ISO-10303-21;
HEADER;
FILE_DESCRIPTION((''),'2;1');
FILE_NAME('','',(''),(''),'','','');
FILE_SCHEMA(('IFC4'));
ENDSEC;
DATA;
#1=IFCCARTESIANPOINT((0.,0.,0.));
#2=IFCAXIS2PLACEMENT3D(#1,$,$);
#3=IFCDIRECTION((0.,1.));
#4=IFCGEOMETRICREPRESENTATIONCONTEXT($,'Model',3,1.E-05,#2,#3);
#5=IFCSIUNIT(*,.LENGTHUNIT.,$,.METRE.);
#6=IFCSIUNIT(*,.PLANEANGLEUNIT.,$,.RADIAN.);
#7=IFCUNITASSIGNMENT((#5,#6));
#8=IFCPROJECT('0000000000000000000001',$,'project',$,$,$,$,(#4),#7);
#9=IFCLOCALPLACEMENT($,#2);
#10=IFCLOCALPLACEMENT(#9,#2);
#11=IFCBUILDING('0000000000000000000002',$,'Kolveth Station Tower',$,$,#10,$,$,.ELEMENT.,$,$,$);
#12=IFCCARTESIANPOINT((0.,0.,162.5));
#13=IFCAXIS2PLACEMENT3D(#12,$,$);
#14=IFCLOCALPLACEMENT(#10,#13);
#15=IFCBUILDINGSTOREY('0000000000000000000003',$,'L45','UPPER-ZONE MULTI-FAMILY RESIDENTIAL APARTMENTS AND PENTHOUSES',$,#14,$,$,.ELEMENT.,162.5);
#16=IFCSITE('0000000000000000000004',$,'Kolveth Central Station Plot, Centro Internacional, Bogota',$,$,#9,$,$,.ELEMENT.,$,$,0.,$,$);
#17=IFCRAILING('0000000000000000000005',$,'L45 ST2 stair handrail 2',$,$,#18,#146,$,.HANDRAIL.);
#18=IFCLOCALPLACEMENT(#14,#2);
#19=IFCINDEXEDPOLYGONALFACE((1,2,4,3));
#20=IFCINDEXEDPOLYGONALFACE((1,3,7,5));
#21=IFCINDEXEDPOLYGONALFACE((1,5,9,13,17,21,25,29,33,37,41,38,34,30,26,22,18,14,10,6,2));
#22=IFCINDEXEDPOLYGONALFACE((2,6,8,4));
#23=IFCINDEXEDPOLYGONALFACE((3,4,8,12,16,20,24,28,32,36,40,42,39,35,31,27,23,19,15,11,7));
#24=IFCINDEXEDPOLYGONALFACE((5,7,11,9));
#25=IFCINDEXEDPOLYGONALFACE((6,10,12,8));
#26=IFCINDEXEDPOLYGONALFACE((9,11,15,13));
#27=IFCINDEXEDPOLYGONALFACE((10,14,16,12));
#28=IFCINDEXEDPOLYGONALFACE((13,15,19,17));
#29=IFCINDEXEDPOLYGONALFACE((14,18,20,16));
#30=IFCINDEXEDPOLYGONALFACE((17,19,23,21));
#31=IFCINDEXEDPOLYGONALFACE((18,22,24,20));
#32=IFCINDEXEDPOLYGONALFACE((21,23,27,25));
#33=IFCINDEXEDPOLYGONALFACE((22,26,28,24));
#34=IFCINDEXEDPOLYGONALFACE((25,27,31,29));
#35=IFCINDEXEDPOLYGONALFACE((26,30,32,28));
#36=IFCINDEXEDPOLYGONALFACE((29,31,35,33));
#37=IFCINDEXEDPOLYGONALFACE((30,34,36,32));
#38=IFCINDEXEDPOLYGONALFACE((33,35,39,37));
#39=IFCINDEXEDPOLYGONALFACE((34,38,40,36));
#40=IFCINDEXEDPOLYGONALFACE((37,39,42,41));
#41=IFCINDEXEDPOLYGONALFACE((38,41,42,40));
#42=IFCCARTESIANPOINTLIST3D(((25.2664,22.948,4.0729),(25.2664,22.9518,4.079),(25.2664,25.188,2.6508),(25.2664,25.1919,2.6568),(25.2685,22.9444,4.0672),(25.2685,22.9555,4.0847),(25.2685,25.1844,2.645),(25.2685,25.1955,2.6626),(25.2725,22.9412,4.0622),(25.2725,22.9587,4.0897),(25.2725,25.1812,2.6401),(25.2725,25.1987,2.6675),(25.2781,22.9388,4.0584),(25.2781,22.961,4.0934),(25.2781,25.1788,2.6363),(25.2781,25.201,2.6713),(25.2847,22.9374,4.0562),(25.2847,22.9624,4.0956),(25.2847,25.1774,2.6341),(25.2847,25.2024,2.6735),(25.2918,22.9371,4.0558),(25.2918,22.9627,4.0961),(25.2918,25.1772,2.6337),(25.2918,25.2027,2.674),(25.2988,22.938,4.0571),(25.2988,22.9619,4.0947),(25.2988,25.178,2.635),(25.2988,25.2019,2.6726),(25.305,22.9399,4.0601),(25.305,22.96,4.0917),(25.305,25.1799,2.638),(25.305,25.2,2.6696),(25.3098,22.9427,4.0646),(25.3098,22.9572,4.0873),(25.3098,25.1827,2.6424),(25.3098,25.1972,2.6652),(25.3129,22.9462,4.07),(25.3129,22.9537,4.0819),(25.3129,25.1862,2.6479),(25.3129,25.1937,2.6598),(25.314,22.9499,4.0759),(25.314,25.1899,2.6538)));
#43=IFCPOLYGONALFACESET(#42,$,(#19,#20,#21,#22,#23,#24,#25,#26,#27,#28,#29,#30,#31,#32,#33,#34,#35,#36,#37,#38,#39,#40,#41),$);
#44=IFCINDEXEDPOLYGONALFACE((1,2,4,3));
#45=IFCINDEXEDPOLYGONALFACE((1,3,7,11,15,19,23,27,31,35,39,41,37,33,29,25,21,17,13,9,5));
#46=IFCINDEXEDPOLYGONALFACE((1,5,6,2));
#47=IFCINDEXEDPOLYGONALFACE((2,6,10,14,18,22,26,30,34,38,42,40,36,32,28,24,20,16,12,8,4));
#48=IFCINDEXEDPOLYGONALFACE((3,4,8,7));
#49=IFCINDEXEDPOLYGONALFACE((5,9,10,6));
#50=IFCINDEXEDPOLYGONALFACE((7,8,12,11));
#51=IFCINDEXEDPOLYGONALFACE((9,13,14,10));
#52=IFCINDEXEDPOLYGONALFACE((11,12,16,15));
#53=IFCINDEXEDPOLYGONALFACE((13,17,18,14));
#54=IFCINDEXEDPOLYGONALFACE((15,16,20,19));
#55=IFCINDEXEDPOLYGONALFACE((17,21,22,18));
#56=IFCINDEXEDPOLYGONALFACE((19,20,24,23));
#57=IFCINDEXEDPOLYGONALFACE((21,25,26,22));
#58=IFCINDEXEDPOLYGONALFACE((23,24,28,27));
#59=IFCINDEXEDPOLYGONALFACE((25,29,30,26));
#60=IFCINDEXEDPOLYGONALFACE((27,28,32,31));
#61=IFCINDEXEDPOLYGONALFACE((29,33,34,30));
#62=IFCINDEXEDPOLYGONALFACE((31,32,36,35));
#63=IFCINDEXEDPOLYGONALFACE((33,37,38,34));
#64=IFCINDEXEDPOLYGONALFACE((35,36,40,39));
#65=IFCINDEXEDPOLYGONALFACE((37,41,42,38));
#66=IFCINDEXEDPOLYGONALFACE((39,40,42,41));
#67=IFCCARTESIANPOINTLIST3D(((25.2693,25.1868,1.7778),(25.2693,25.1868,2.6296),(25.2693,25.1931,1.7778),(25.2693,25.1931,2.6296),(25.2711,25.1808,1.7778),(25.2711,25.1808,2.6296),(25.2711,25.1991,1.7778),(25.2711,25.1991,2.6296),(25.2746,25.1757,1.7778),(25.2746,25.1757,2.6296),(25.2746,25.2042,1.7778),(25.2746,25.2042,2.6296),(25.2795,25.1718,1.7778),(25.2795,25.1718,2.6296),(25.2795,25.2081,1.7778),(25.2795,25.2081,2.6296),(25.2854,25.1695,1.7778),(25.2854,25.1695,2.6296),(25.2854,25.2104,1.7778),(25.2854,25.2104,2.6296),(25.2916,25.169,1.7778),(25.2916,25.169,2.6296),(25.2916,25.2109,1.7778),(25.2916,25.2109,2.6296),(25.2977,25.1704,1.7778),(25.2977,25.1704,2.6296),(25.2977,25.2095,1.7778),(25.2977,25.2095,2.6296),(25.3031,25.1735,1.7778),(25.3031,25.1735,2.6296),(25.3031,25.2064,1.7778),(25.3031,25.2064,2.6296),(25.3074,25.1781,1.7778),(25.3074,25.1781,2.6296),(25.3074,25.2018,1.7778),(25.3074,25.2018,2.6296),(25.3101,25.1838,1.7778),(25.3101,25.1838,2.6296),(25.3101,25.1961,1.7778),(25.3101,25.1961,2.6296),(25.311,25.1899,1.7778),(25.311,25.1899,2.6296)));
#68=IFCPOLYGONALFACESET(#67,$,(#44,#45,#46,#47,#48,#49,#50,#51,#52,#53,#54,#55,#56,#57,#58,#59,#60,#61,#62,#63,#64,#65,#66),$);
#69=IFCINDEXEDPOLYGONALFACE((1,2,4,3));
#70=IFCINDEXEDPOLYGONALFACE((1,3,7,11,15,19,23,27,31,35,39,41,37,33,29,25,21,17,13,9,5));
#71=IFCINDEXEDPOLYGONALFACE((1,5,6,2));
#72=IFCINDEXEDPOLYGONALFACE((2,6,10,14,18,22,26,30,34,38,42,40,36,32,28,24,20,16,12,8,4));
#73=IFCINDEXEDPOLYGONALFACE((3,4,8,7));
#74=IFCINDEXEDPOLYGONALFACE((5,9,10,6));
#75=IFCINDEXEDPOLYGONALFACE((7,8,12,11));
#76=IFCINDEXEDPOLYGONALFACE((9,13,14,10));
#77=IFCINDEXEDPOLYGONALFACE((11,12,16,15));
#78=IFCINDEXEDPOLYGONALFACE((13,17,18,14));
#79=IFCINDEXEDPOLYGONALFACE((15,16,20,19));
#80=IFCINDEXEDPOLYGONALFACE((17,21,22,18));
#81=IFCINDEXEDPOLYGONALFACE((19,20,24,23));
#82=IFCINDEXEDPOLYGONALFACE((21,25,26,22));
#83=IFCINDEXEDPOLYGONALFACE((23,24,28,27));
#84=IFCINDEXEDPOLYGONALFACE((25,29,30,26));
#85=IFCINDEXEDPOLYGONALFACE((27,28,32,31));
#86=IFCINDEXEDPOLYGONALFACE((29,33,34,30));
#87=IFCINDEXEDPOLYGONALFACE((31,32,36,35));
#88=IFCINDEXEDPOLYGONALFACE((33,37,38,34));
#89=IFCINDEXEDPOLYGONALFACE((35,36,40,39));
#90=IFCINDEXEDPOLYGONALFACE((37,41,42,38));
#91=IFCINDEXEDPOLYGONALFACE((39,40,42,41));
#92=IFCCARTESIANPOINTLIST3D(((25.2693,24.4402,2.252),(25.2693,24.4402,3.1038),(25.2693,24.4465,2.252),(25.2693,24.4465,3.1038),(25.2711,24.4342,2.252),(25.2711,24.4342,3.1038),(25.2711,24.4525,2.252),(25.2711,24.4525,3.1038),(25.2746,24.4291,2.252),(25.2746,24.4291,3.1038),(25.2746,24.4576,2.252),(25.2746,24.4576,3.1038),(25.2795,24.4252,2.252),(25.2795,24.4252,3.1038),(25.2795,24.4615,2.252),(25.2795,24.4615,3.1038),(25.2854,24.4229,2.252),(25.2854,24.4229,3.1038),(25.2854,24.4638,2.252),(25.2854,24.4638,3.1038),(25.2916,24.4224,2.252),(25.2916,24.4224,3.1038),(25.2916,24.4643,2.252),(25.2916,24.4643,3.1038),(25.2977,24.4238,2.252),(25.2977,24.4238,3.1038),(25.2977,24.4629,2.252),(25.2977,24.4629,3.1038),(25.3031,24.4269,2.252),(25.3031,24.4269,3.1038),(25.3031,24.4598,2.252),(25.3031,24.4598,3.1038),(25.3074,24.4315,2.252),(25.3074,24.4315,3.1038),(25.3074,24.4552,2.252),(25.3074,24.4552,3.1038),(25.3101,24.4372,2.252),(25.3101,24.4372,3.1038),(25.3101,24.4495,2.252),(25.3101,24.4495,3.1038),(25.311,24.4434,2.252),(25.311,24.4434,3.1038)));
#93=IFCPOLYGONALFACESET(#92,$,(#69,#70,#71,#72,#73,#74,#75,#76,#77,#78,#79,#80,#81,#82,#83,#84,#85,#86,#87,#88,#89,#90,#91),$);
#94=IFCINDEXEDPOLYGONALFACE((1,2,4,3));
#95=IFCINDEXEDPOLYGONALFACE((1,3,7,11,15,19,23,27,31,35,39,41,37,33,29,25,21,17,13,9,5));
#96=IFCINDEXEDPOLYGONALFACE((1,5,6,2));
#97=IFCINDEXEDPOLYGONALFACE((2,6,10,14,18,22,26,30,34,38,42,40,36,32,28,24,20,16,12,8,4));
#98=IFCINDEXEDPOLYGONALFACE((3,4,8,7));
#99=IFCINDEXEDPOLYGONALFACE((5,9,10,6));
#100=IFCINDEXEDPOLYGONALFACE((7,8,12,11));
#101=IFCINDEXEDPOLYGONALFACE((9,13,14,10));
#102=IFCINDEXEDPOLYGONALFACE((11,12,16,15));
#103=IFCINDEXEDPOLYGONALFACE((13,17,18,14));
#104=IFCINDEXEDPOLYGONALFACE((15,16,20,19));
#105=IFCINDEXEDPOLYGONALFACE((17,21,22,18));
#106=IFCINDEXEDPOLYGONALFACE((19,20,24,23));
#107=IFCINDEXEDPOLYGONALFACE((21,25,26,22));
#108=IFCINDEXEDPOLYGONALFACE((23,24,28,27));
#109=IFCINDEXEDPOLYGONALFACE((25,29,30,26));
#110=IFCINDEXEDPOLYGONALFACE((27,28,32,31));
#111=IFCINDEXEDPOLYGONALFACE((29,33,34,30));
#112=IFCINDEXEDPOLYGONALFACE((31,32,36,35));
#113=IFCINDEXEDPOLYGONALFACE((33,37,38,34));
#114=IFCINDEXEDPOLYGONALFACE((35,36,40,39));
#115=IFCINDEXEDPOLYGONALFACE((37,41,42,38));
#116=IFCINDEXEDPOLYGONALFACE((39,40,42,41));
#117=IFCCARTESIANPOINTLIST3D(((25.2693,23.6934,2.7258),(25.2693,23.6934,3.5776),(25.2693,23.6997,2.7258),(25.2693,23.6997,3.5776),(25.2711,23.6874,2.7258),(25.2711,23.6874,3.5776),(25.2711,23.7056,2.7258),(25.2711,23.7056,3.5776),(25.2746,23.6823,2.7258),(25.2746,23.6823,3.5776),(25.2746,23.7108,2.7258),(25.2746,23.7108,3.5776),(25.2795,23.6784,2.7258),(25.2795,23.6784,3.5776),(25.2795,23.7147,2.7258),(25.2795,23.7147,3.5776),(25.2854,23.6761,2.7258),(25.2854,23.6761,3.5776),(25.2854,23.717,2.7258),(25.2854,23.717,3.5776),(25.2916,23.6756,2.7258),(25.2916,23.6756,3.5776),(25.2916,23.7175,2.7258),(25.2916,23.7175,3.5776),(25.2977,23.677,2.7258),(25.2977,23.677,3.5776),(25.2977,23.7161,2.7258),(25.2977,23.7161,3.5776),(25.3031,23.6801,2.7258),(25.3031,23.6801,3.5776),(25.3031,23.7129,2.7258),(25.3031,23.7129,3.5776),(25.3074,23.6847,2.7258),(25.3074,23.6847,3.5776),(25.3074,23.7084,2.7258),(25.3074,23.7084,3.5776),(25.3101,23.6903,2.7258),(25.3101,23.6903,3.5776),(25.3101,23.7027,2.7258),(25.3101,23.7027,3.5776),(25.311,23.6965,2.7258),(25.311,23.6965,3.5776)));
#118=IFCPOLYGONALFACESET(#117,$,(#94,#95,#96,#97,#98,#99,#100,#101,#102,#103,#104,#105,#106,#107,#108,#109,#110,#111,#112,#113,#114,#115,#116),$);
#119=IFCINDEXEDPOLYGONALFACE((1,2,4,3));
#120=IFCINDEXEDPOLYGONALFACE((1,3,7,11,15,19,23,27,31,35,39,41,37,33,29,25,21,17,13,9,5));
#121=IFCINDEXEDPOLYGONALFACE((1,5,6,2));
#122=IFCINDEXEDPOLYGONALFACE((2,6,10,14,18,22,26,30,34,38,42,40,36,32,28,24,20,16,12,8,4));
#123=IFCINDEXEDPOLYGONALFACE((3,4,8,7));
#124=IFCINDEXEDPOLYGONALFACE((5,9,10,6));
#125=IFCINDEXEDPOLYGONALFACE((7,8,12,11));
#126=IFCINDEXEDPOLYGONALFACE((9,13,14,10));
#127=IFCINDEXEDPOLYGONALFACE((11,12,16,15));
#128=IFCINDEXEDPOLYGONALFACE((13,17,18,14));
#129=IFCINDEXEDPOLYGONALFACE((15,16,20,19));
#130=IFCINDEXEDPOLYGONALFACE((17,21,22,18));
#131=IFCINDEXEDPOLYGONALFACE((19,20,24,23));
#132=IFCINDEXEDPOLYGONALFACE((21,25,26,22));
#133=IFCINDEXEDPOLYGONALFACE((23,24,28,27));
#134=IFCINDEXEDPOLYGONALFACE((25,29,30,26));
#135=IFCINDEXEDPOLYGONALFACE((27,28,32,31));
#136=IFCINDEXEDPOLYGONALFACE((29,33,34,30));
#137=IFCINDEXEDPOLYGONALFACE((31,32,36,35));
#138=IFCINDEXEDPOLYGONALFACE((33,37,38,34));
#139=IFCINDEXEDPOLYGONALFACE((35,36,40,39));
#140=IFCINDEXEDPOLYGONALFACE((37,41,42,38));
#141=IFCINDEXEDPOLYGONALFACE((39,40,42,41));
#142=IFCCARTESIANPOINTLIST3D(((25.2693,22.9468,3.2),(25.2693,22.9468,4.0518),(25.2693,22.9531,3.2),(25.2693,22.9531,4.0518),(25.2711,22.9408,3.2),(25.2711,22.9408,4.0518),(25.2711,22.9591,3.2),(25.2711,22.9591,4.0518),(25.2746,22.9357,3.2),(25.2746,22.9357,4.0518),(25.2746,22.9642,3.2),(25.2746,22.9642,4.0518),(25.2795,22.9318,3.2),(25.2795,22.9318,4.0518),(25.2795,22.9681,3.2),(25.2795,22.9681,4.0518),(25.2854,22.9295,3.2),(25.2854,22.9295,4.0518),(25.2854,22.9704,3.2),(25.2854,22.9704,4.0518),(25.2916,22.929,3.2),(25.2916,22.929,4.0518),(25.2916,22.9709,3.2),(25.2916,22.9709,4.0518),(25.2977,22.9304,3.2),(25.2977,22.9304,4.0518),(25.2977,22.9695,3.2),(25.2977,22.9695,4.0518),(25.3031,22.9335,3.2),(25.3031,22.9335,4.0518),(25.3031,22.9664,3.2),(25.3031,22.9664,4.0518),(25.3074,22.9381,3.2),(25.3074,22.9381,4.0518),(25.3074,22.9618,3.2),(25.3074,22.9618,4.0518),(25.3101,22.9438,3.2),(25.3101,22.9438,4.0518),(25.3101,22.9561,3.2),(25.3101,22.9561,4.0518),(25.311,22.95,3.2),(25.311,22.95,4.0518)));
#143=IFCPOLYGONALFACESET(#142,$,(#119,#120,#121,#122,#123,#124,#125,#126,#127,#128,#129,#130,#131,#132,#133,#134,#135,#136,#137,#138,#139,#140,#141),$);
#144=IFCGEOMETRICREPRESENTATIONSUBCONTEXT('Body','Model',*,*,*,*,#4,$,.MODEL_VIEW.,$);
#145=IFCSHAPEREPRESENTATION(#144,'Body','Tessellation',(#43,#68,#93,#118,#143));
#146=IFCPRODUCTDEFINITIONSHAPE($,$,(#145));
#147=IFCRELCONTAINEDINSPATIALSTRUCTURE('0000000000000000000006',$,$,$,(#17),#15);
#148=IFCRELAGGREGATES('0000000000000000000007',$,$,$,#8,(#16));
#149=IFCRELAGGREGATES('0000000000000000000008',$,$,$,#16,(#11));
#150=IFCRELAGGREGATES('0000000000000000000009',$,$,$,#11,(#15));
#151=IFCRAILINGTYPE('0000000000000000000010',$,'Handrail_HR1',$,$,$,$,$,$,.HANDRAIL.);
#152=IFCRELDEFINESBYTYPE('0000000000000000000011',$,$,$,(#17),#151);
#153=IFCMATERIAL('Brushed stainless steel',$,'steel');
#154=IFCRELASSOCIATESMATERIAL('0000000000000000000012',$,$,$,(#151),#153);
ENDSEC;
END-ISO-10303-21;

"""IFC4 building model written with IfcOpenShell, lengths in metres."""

from ifc_helpers import new_model, si_unit, direction, frame, origin, origin_2d, place, context, subcontext, project, spatial, circle, extrude, material, type_object, element, save


model = new_model("IFC4")

# Units and contexts
model_context = context("Model", 3, precision=1e-05, world=origin(), true_north=direction((0.0, 1.0)))
body_context = subcontext(model_context, "Body", "Model", "MODEL_VIEW")
ifc_project = project(units=[si_unit("LENGTHUNIT", "METRE"), si_unit("PLANEANGLEUNIT", "RADIAN")], contexts=[model_context])

# Site, building, storey
site_placement = place(None, origin())
site = spatial("IfcSite", under=ifc_project, at=site_placement, Name="Kolveth Central Station Plot, Centro Internacional, Bogota", CompositionType="ELEMENT", RefElevation=0.0)
building_placement = place(site_placement, origin())
building = spatial("IfcBuilding", under=site, at=building_placement, Name="Kolveth Station Tower", CompositionType="ELEMENT")
storey_placement = place(building_placement, frame((0.0, 0.0, 162.5)))
storey = spatial("IfcBuildingStorey", under=building, at=storey_placement, Name="L45", Description="UPPER-ZONE MULTI-FAMILY RESIDENTIAL APARTMENTS AND PENTHOUSES", CompositionType="ELEMENT", Elevation=162.5)

# Railing
ifc_material_1 = material(Name="Brushed stainless steel", Category="steel")
railing_type_1 = type_object("IfcRailingType", Name="Handrail_HR1", PredefinedType="HANDRAIL", material=ifc_material_1)
railing_1_placement = place(storey_placement, frame((25.29, 25.1899, 1.7778)))
element("IfcRailing", 1, at=railing_1_placement, inside=storey, type_object=railing_type_1, Name="L45 ST2 stair handrail 2", PredefinedType="HANDRAIL", context=body_context, shape_type="SweptSolid", body=[
    extrude(circle(Radius=0.0239, at=origin_2d()), frame((0.0, 0.0, 0.876), z_axis=(0.0, -0.844229, 0.535982), x_axis=(1.0, 0.0, 0.0)), (0.0, 0.0, 1.0), 2.6533),
    extrude(circle(Radius=0.021, at=origin_2d()), origin(), (0.0, 0.0, 1.0), 0.8518),
    extrude(circle(Radius=0.021, at=origin_2d()), frame((0.0, -0.7466, 0.4741)), (0.0, 0.0, 1.0), 0.8518),
    extrude(circle(Radius=0.021, at=origin_2d()), frame((0.0, -1.4934, 0.948)), (0.0, 0.0, 1.0), 0.8518),
    extrude(circle(Radius=0.021, at=origin_2d()), frame((0.0, -2.24, 1.4221)), (0.0, 0.0, 1.0), 0.8518),
])

save(model, "model.ifc")
